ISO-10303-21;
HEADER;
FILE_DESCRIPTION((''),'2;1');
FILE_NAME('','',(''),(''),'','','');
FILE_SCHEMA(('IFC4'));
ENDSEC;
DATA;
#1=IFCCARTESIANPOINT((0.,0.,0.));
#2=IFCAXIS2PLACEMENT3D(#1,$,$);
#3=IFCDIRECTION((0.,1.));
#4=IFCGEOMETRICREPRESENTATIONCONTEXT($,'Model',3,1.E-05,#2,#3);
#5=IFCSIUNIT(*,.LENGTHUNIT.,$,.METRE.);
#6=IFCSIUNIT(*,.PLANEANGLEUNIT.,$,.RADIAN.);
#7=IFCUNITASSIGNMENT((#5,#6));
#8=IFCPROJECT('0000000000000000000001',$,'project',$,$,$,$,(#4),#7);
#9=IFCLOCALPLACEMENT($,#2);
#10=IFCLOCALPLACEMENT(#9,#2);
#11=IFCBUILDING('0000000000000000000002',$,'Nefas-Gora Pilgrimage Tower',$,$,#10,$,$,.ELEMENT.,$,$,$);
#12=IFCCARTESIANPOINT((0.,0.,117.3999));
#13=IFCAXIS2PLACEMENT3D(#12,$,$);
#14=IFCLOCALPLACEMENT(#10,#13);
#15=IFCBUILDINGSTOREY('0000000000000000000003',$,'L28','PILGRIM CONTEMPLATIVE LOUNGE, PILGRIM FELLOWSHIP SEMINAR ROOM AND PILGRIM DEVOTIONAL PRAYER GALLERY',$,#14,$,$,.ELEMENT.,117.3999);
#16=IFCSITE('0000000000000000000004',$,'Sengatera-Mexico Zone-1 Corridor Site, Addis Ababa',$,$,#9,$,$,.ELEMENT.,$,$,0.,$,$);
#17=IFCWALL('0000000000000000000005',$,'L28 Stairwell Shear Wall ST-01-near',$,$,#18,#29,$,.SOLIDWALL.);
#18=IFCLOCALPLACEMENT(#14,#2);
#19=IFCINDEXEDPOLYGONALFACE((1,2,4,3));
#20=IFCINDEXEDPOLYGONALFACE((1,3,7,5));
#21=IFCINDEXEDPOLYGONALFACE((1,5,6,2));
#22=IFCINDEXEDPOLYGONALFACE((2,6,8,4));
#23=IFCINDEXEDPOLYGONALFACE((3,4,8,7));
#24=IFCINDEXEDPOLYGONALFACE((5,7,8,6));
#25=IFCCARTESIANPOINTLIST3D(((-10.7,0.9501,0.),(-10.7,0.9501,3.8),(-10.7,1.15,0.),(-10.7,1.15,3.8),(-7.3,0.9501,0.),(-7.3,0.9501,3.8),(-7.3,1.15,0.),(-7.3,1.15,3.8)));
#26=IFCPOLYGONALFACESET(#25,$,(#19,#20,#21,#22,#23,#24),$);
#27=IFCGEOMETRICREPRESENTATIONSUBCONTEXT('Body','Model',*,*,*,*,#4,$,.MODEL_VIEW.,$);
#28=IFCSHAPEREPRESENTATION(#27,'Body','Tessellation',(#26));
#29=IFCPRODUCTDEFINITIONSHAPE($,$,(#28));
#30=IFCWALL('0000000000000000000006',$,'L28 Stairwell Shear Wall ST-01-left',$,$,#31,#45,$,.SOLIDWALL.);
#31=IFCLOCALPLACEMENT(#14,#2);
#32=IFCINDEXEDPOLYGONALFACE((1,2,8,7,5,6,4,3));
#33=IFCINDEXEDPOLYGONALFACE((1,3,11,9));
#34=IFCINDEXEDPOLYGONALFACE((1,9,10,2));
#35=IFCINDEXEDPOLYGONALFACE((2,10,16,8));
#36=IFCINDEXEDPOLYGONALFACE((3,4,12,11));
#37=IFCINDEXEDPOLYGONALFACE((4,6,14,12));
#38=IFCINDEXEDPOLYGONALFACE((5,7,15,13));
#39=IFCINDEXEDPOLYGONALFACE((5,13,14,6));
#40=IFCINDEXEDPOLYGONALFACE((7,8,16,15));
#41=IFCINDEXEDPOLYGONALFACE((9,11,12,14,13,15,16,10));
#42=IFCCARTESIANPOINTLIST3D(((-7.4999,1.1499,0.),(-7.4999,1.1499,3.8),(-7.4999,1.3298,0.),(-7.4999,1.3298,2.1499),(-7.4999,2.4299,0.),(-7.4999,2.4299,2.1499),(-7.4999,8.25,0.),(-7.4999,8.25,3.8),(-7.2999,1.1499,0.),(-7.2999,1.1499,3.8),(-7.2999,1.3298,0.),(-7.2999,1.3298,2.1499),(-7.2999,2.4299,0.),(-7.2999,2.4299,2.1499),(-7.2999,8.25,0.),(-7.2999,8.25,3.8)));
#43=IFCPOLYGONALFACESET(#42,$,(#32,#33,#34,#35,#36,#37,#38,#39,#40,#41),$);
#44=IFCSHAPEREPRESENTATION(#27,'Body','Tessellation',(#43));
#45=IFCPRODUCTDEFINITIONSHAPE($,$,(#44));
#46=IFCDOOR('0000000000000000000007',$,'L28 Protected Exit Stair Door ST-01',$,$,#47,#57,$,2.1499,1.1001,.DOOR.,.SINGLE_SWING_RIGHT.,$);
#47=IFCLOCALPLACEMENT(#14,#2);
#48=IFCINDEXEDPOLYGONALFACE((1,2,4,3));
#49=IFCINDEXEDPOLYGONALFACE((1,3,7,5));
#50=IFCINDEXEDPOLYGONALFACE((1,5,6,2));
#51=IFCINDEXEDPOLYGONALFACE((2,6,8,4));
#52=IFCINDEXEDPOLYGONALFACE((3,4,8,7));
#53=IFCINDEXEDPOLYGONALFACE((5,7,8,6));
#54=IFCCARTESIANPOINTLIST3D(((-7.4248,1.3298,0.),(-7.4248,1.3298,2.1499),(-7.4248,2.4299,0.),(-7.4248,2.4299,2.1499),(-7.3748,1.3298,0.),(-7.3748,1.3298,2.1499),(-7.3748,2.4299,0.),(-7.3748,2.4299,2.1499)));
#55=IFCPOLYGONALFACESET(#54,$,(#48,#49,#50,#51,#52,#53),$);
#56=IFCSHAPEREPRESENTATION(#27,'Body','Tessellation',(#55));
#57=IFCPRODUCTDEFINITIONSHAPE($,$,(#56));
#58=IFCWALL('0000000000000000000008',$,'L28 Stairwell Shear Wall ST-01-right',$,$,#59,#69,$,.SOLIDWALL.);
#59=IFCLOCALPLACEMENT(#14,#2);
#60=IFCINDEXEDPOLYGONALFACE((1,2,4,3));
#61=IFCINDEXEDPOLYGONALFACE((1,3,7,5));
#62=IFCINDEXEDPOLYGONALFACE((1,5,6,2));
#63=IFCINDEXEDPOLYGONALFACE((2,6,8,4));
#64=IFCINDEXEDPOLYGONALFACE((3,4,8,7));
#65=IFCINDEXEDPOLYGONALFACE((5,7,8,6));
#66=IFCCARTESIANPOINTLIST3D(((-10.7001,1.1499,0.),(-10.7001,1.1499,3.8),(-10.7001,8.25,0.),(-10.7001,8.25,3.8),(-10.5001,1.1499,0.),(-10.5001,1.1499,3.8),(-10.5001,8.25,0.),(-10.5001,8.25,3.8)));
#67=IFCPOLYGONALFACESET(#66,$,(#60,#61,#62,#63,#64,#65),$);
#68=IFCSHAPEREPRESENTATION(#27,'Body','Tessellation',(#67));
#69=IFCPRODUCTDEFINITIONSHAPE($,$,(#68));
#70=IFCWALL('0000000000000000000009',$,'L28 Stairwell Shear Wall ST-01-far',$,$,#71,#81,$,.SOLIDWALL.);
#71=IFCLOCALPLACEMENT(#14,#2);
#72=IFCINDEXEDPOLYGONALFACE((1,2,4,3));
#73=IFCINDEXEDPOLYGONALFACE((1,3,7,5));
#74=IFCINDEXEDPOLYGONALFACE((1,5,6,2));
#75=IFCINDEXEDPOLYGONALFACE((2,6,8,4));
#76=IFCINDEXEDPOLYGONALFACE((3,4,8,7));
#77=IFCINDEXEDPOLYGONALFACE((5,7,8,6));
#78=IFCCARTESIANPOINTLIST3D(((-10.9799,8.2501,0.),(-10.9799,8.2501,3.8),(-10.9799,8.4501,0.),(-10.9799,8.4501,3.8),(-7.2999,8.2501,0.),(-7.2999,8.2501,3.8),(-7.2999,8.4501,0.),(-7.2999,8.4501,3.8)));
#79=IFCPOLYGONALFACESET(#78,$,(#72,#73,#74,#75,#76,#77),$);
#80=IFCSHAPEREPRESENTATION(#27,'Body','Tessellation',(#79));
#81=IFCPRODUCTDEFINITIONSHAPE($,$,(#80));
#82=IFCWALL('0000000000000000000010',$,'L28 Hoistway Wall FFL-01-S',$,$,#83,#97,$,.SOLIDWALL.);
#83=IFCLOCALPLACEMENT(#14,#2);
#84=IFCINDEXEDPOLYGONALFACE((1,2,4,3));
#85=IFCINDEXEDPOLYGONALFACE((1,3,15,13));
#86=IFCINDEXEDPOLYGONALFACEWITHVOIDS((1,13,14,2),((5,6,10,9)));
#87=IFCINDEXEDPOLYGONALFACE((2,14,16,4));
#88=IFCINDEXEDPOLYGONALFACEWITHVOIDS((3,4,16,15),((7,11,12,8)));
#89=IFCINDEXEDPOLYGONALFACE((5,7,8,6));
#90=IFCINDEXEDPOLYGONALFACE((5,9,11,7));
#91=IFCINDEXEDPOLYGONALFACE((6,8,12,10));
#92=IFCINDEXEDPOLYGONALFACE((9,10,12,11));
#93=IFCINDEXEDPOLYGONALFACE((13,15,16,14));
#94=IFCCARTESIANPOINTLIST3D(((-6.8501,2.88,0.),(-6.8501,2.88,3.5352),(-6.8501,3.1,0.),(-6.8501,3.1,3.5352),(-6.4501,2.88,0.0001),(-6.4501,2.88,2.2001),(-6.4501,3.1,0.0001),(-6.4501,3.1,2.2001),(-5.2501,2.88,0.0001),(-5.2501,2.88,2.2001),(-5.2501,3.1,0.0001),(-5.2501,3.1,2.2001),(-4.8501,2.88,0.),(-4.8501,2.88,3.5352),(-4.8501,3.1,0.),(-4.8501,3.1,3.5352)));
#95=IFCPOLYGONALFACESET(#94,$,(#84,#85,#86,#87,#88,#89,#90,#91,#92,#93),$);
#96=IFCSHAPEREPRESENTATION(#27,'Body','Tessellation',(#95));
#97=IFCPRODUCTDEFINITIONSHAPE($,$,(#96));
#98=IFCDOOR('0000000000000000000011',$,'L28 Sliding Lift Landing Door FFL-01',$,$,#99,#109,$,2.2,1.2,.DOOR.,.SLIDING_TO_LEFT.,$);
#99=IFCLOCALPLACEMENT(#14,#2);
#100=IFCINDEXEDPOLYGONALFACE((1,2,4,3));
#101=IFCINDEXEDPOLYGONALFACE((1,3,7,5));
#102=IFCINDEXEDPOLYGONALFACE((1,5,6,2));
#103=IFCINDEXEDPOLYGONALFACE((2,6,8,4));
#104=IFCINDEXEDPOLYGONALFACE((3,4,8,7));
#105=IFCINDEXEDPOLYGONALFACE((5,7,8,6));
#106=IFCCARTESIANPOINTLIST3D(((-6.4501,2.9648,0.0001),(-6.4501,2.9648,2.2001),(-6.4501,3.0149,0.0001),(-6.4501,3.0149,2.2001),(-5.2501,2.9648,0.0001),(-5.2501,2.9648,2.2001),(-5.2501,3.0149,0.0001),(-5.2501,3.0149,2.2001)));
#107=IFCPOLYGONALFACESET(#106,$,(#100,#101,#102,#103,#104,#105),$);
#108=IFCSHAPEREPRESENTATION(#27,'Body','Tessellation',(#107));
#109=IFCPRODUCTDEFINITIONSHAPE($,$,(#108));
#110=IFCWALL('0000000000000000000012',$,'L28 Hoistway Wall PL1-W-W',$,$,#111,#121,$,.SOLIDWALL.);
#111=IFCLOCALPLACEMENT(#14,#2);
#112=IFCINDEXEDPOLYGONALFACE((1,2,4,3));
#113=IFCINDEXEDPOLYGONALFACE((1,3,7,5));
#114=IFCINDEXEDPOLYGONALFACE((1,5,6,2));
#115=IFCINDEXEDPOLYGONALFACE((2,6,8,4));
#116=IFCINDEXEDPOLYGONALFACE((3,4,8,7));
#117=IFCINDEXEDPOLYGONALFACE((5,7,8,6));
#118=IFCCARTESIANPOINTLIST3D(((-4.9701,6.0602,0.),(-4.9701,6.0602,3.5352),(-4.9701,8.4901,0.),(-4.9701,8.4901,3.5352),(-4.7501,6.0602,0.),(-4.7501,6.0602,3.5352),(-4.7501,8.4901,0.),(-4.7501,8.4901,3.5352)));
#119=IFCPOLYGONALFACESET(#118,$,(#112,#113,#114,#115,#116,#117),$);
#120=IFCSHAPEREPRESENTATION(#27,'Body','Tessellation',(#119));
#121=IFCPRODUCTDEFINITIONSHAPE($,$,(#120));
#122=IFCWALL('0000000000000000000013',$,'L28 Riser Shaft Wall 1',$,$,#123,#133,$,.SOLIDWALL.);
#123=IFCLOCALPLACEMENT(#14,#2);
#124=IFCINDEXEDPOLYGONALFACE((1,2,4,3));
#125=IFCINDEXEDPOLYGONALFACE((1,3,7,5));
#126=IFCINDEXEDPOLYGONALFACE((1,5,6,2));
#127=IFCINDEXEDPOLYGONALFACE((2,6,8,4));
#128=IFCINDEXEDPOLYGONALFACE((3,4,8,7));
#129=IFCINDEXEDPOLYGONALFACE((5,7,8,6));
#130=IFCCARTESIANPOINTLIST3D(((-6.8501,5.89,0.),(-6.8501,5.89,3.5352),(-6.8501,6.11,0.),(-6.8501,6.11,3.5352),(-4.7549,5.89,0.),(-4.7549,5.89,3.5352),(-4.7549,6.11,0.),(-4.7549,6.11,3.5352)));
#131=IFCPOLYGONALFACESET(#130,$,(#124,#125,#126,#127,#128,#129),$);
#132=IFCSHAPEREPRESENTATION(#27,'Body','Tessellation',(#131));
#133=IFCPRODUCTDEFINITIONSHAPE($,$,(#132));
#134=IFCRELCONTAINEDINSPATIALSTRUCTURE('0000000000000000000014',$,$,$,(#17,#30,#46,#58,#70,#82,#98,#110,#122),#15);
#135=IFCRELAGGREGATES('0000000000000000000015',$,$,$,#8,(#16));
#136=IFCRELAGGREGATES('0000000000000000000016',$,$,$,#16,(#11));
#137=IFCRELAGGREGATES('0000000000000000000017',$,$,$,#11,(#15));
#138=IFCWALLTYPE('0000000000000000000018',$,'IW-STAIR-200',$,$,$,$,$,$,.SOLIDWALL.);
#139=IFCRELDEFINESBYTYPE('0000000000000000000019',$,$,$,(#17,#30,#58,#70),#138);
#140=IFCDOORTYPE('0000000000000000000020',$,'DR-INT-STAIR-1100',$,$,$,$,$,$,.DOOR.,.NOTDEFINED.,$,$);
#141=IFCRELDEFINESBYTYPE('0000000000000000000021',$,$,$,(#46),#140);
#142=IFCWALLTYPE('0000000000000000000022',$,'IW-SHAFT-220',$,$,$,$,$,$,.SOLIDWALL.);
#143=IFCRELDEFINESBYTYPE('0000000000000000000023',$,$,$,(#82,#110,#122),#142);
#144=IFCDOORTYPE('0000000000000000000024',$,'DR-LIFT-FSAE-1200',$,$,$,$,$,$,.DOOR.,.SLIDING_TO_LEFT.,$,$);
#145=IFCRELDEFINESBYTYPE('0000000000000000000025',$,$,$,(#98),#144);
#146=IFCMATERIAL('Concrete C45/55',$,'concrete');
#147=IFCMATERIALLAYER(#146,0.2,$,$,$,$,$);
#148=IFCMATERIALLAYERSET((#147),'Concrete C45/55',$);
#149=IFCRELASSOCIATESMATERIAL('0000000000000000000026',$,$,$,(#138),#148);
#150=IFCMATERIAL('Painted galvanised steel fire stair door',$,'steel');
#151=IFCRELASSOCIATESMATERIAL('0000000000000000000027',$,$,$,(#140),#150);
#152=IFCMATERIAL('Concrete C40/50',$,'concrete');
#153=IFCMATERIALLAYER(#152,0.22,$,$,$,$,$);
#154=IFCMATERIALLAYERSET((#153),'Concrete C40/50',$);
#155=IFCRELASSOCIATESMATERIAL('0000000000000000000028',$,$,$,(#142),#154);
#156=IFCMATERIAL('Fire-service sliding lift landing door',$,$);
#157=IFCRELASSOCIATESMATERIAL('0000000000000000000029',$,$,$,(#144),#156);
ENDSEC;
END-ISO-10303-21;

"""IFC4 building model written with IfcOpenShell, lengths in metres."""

from ifc_helpers import new_model, si_unit, direction, frame, frame_2d, origin, place, context, subcontext, project, spatial, rectangle, extrude, source, transform, mapped, material, layer, layer_set, type_object, element, fill, save


model = new_model("IFC4")

# Units and contexts
model_context = context("Model", 3, precision=1e-05, world=origin(), true_north=direction((0.0, 1.0)))
body_context = subcontext(model_context, "Body", "Model", "MODEL_VIEW")
ifc_project = project(units=[si_unit("LENGTHUNIT", "METRE"), si_unit("PLANEANGLEUNIT", "RADIAN")], contexts=[model_context])

# Site, building, storey
site_placement = place(None, origin())
site = spatial("IfcSite", under=ifc_project, at=site_placement, Name="Sengatera-Mexico Zone-1 Corridor Site, Addis Ababa", CompositionType="ELEMENT", RefElevation=0.0)
building_placement = place(site_placement, origin())
building = spatial("IfcBuilding", under=site, at=building_placement, Name="Nefas-Gora Pilgrimage Tower", CompositionType="ELEMENT")
storey_placement = place(building_placement, frame((0.0, 0.0, 117.3999)))
storey = spatial("IfcBuildingStorey", under=building, at=storey_placement, Name="L28", Description="PILGRIM CONTEMPLATIVE LOUNGE, PILGRIM FELLOWSHIP SEMINAR ROOM AND PILGRIM DEVOTIONAL PRAYER GALLERY", CompositionType="ELEMENT", Elevation=117.3999)

# Wall
ifc_material_1 = material(Name="Concrete C45/55", Category="concrete")
ifc_layer_1 = layer(ifc_material_1, 0.2)
ifc_layer_set_1 = layer_set([ifc_layer_1], Name="Concrete C45/55")
wall_type_1 = type_object("IfcWallType", Name="IW-STAIR-200", PredefinedType="SOLIDWALL", material=ifc_layer_set_1)
shared_shape_1 = source(origin(), body_context, "Body", "SweptSolid", [
    extrude(rectangle(XDim=3.3999, YDim=0.2, at=frame_2d((1.7, 0.0))), origin(), (0.0, 0.0, 1.0), 3.8),
])
wall_1_placement = place(storey_placement, frame((-7.3, 1.05, 0.0), z_axis=(0.0, 0.0, 1.0), x_axis=(-1.0, 0.0, 0.0)))
element("IfcWall", 1, at=wall_1_placement, inside=storey, type_object=wall_type_1, Name="L28 Stairwell Shear Wall ST-01-near", PredefinedType="SOLIDWALL", context=body_context, shape_type="MappedRepresentation", body=[
    mapped(shared_shape_1, transform((0.0, 0.0, 0.0), x_axis=(1.0, 0.0, 0.0), y_axis=(0.0, 1.0, 0.0), z_axis=(0.0, 0.0, 1.0), scale=1.0)),
])

# Wall, opening, door
shared_shape_2 = source(origin(), body_context, "Body", "SweptSolid", [
    extrude(rectangle(XDim=7.1001, YDim=0.2, at=frame_2d((3.55, 0.0))), origin(), (0.0, 0.0, 1.0), 3.8),
])
wall_2_placement = place(storey_placement, frame((-7.3999, 1.1499, 0.0), z_axis=(0.0, 0.0, 1.0), x_axis=(0.0, 1.0, 0.0)))
wall_2 = element("IfcWall", 2, at=wall_2_placement, inside=storey, type_object=wall_type_1, Name="L28 Stairwell Shear Wall ST-01-left", PredefinedType="SOLIDWALL", context=body_context, shape_type="MappedRepresentation", body=[
    mapped(shared_shape_2, transform((0.0, 0.0, 0.0), x_axis=(1.0, 0.0, 0.0), y_axis=(0.0, 1.0, 0.0), z_axis=(0.0, 0.0, 1.0), scale=1.0)),
])
opening_1_placement = place(wall_2_placement, frame((0.1799, 0.0, 0.0)))
opening_1 = element("IfcOpeningElement", 3, at=opening_1_placement, cuts=wall_2, PredefinedType="OPENING", context=body_context, shape_type="SweptSolid", body=[
    extrude(rectangle(XDim=1.1001, YDim=2.1499, at=frame_2d((0.55, 1.075))), frame((0.0, 0.1099, 0.0), z_axis=(0.0, -1.0, 0.0), x_axis=(1.0, 0.0, 0.0)), (0.0, 0.0, 1.0), 0.22),
])
ifc_material_2 = material(Name="Painted galvanised steel fire stair door", Category="steel")
door_type_1 = type_object("IfcDoorType", Name="DR-INT-STAIR-1100", OperationType="NOTDEFINED", PredefinedType="DOOR", material=ifc_material_2)
shared_shape_3 = source(origin(), body_context, "Body", "SweptSolid", [
    extrude(rectangle(XDim=1.1001, YDim=2.1499, at=frame_2d((0.55, 1.075))), frame((0.0, 0.0249, 0.0), z_axis=(0.0, -1.0, 0.0), x_axis=(1.0, 0.0, 0.0)), (0.0, 0.0, 1.0), 0.05),
])
door_1_placement = place(opening_1_placement, origin())
door_1 = element("IfcDoor", 4, at=door_1_placement, inside=storey, type_object=door_type_1, Name="L28 Protected Exit Stair Door ST-01", OperationType="SINGLE_SWING_RIGHT", OverallHeight=2.1499, OverallWidth=1.1001, PredefinedType="DOOR", context=body_context, shape_type="MappedRepresentation", body=[
    mapped(shared_shape_3, transform((0.0, 0.0, 0.0), x_axis=(1.0, 0.0, 0.0), y_axis=(0.0, 1.0, 0.0), z_axis=(0.0, 0.0, 1.0), scale=1.0)),
])
fill(opening_1, door_1)

# Walls
wall_3_placement = place(storey_placement, frame((-10.6001, 1.1499, 0.0), z_axis=(0.0, 0.0, 1.0), x_axis=(0.0, 1.0, 0.0)))
element("IfcWall", 5, at=wall_3_placement, inside=storey, type_object=wall_type_1, Name="L28 Stairwell Shear Wall ST-01-right", PredefinedType="SOLIDWALL", context=body_context, shape_type="MappedRepresentation", body=[
    mapped(shared_shape_2, transform((0.0, 0.0, 0.0), x_axis=(1.0, 0.0, 0.0), y_axis=(0.0, 1.0, 0.0), z_axis=(0.0, 0.0, 1.0), scale=1.0)),
])
shared_shape_4 = source(origin(), body_context, "Body", "SweptSolid", [
    extrude(rectangle(XDim=3.6799, YDim=0.2, at=frame_2d((1.8398, 0.0))), origin(), (0.0, 0.0, 1.0), 3.8),
])
wall_4_placement = place(storey_placement, frame((-7.3, 8.3501, 0.0), z_axis=(0.0, 0.0, 1.0), x_axis=(-1.0, 0.0, 0.0)))
element("IfcWall", 6, at=wall_4_placement, inside=storey, type_object=wall_type_1, Name="L28 Stairwell Shear Wall ST-01-far", PredefinedType="SOLIDWALL", context=body_context, shape_type="MappedRepresentation", body=[
    mapped(shared_shape_4, transform((0.0, 0.0, 0.0), x_axis=(1.0, 0.0, 0.0), y_axis=(0.0, 1.0, 0.0), z_axis=(0.0, 0.0, 1.0), scale=1.0)),
])

# Wall, opening, door
ifc_material_3 = material(Name="Concrete C40/50", Category="concrete")
ifc_layer_2 = layer(ifc_material_3, 0.22)
ifc_layer_set_2 = layer_set([ifc_layer_2], Name="Concrete C40/50")
wall_type_2 = type_object("IfcWallType", Name="IW-SHAFT-220", PredefinedType="SOLIDWALL", material=ifc_layer_set_2)
shared_shape_5 = source(origin(), body_context, "Body", "SweptSolid", [
    extrude(rectangle(XDim=2.0, YDim=0.22, at=frame_2d((1.0, 0.0))), origin(), (0.0, 0.0, 1.0), 3.5352),
])
wall_5_placement = place(storey_placement, frame((-6.8501, 2.99, 0.0), z_axis=(0.0, 0.0, 1.0), x_axis=(1.0, 0.0, 0.0)))
wall_5 = element("IfcWall", 7, at=wall_5_placement, inside=storey, type_object=wall_type_2, Name="L28 Hoistway Wall FFL-01-S", PredefinedType="SOLIDWALL", context=body_context, shape_type="MappedRepresentation", body=[
    mapped(shared_shape_5, transform((0.0, 0.0, 0.0), x_axis=(1.0, 0.0, 0.0), y_axis=(0.0, 1.0, 0.0), z_axis=(0.0, 0.0, 1.0), scale=1.0)),
])
opening_2_placement = place(wall_5_placement, frame((0.3999, 0.0, 0.0)))
opening_2 = element("IfcOpeningElement", 8, at=opening_2_placement, cuts=wall_5, PredefinedType="OPENING", context=body_context, shape_type="SweptSolid", body=[
    extrude(rectangle(XDim=1.2, YDim=2.2, at=frame_2d((0.6001, 1.1001))), frame((0.0, 0.1199, 0.0), z_axis=(0.0, -1.0, 0.0), x_axis=(1.0, 0.0, 0.0)), (0.0, 0.0, 1.0), 0.24),
])
ifc_material_4 = material(Name="Fire-service sliding lift landing door")
door_type_2 = type_object("IfcDoorType", Name="DR-LIFT-FSAE-1200", OperationType="SLIDING_TO_LEFT", PredefinedType="DOOR", material=ifc_material_4)
shared_shape_6 = source(origin(), body_context, "Body", "SweptSolid", [
    extrude(rectangle(XDim=1.2, YDim=2.2, at=frame_2d((0.6001, 1.1001))), frame((0.0, 0.0249, 0.0), z_axis=(0.0, -1.0, 0.0), x_axis=(1.0, 0.0, 0.0)), (0.0, 0.0, 1.0), 0.05),
])
door_2_placement = place(opening_2_placement, origin())
door_2 = element("IfcDoor", 9, at=door_2_placement, inside=storey, type_object=door_type_2, Name="L28 Sliding Lift Landing Door FFL-01", OperationType="SLIDING_TO_LEFT", OverallHeight=2.2, OverallWidth=1.2, PredefinedType="DOOR", context=body_context, shape_type="MappedRepresentation", body=[
    mapped(shared_shape_6, transform((0.0, 0.0, 0.0), x_axis=(1.0, 0.0, 0.0), y_axis=(0.0, 1.0, 0.0), z_axis=(0.0, 0.0, 1.0), scale=1.0)),
])
fill(opening_2, door_2)

# Walls
shared_shape_7 = source(origin(), body_context, "Body", "SweptSolid", [
    extrude(rectangle(XDim=2.4299, YDim=0.22, at=frame_2d((1.2148, 0.0))), origin(), (0.0, 0.0, 1.0), 3.5352),
])
wall_6_placement = place(storey_placement, frame((-4.8601, 8.49, 0.0), z_axis=(0.0, 0.0, 1.0), x_axis=(0.0, -1.0, 0.0)))
element("IfcWall", 10, at=wall_6_placement, inside=storey, type_object=wall_type_2, Name="L28 Hoistway Wall PL1-W-W", PredefinedType="SOLIDWALL", context=body_context, shape_type="MappedRepresentation", body=[
    mapped(shared_shape_7, transform((0.0, 0.0, 0.0), x_axis=(1.0, 0.0, 0.0), y_axis=(0.0, 1.0, 0.0), z_axis=(0.0, 0.0, 1.0), scale=1.0)),
])
shared_shape_8 = source(origin(), body_context, "Body", "SweptSolid", [
    extrude(rectangle(XDim=2.0952, YDim=0.22, at=frame_2d((1.0476, 0.0))), origin(), (0.0, 0.0, 1.0), 3.5352),
])
wall_7_placement = place(storey_placement, frame((-6.8501, 6.0, 0.0), z_axis=(0.0, 0.0, 1.0), x_axis=(1.0, 0.0, 0.0)))
element("IfcWall", 11, at=wall_7_placement, inside=storey, type_object=wall_type_2, Name="L28 Riser Shaft Wall 1", PredefinedType="SOLIDWALL", context=body_context, shape_type="MappedRepresentation", body=[
    mapped(shared_shape_8, transform((0.0, 0.0, 0.0), x_axis=(1.0, 0.0, 0.0), y_axis=(0.0, 1.0, 0.0), z_axis=(0.0, 0.0, 1.0), scale=1.0)),
])

save(model, "model.ifc")
